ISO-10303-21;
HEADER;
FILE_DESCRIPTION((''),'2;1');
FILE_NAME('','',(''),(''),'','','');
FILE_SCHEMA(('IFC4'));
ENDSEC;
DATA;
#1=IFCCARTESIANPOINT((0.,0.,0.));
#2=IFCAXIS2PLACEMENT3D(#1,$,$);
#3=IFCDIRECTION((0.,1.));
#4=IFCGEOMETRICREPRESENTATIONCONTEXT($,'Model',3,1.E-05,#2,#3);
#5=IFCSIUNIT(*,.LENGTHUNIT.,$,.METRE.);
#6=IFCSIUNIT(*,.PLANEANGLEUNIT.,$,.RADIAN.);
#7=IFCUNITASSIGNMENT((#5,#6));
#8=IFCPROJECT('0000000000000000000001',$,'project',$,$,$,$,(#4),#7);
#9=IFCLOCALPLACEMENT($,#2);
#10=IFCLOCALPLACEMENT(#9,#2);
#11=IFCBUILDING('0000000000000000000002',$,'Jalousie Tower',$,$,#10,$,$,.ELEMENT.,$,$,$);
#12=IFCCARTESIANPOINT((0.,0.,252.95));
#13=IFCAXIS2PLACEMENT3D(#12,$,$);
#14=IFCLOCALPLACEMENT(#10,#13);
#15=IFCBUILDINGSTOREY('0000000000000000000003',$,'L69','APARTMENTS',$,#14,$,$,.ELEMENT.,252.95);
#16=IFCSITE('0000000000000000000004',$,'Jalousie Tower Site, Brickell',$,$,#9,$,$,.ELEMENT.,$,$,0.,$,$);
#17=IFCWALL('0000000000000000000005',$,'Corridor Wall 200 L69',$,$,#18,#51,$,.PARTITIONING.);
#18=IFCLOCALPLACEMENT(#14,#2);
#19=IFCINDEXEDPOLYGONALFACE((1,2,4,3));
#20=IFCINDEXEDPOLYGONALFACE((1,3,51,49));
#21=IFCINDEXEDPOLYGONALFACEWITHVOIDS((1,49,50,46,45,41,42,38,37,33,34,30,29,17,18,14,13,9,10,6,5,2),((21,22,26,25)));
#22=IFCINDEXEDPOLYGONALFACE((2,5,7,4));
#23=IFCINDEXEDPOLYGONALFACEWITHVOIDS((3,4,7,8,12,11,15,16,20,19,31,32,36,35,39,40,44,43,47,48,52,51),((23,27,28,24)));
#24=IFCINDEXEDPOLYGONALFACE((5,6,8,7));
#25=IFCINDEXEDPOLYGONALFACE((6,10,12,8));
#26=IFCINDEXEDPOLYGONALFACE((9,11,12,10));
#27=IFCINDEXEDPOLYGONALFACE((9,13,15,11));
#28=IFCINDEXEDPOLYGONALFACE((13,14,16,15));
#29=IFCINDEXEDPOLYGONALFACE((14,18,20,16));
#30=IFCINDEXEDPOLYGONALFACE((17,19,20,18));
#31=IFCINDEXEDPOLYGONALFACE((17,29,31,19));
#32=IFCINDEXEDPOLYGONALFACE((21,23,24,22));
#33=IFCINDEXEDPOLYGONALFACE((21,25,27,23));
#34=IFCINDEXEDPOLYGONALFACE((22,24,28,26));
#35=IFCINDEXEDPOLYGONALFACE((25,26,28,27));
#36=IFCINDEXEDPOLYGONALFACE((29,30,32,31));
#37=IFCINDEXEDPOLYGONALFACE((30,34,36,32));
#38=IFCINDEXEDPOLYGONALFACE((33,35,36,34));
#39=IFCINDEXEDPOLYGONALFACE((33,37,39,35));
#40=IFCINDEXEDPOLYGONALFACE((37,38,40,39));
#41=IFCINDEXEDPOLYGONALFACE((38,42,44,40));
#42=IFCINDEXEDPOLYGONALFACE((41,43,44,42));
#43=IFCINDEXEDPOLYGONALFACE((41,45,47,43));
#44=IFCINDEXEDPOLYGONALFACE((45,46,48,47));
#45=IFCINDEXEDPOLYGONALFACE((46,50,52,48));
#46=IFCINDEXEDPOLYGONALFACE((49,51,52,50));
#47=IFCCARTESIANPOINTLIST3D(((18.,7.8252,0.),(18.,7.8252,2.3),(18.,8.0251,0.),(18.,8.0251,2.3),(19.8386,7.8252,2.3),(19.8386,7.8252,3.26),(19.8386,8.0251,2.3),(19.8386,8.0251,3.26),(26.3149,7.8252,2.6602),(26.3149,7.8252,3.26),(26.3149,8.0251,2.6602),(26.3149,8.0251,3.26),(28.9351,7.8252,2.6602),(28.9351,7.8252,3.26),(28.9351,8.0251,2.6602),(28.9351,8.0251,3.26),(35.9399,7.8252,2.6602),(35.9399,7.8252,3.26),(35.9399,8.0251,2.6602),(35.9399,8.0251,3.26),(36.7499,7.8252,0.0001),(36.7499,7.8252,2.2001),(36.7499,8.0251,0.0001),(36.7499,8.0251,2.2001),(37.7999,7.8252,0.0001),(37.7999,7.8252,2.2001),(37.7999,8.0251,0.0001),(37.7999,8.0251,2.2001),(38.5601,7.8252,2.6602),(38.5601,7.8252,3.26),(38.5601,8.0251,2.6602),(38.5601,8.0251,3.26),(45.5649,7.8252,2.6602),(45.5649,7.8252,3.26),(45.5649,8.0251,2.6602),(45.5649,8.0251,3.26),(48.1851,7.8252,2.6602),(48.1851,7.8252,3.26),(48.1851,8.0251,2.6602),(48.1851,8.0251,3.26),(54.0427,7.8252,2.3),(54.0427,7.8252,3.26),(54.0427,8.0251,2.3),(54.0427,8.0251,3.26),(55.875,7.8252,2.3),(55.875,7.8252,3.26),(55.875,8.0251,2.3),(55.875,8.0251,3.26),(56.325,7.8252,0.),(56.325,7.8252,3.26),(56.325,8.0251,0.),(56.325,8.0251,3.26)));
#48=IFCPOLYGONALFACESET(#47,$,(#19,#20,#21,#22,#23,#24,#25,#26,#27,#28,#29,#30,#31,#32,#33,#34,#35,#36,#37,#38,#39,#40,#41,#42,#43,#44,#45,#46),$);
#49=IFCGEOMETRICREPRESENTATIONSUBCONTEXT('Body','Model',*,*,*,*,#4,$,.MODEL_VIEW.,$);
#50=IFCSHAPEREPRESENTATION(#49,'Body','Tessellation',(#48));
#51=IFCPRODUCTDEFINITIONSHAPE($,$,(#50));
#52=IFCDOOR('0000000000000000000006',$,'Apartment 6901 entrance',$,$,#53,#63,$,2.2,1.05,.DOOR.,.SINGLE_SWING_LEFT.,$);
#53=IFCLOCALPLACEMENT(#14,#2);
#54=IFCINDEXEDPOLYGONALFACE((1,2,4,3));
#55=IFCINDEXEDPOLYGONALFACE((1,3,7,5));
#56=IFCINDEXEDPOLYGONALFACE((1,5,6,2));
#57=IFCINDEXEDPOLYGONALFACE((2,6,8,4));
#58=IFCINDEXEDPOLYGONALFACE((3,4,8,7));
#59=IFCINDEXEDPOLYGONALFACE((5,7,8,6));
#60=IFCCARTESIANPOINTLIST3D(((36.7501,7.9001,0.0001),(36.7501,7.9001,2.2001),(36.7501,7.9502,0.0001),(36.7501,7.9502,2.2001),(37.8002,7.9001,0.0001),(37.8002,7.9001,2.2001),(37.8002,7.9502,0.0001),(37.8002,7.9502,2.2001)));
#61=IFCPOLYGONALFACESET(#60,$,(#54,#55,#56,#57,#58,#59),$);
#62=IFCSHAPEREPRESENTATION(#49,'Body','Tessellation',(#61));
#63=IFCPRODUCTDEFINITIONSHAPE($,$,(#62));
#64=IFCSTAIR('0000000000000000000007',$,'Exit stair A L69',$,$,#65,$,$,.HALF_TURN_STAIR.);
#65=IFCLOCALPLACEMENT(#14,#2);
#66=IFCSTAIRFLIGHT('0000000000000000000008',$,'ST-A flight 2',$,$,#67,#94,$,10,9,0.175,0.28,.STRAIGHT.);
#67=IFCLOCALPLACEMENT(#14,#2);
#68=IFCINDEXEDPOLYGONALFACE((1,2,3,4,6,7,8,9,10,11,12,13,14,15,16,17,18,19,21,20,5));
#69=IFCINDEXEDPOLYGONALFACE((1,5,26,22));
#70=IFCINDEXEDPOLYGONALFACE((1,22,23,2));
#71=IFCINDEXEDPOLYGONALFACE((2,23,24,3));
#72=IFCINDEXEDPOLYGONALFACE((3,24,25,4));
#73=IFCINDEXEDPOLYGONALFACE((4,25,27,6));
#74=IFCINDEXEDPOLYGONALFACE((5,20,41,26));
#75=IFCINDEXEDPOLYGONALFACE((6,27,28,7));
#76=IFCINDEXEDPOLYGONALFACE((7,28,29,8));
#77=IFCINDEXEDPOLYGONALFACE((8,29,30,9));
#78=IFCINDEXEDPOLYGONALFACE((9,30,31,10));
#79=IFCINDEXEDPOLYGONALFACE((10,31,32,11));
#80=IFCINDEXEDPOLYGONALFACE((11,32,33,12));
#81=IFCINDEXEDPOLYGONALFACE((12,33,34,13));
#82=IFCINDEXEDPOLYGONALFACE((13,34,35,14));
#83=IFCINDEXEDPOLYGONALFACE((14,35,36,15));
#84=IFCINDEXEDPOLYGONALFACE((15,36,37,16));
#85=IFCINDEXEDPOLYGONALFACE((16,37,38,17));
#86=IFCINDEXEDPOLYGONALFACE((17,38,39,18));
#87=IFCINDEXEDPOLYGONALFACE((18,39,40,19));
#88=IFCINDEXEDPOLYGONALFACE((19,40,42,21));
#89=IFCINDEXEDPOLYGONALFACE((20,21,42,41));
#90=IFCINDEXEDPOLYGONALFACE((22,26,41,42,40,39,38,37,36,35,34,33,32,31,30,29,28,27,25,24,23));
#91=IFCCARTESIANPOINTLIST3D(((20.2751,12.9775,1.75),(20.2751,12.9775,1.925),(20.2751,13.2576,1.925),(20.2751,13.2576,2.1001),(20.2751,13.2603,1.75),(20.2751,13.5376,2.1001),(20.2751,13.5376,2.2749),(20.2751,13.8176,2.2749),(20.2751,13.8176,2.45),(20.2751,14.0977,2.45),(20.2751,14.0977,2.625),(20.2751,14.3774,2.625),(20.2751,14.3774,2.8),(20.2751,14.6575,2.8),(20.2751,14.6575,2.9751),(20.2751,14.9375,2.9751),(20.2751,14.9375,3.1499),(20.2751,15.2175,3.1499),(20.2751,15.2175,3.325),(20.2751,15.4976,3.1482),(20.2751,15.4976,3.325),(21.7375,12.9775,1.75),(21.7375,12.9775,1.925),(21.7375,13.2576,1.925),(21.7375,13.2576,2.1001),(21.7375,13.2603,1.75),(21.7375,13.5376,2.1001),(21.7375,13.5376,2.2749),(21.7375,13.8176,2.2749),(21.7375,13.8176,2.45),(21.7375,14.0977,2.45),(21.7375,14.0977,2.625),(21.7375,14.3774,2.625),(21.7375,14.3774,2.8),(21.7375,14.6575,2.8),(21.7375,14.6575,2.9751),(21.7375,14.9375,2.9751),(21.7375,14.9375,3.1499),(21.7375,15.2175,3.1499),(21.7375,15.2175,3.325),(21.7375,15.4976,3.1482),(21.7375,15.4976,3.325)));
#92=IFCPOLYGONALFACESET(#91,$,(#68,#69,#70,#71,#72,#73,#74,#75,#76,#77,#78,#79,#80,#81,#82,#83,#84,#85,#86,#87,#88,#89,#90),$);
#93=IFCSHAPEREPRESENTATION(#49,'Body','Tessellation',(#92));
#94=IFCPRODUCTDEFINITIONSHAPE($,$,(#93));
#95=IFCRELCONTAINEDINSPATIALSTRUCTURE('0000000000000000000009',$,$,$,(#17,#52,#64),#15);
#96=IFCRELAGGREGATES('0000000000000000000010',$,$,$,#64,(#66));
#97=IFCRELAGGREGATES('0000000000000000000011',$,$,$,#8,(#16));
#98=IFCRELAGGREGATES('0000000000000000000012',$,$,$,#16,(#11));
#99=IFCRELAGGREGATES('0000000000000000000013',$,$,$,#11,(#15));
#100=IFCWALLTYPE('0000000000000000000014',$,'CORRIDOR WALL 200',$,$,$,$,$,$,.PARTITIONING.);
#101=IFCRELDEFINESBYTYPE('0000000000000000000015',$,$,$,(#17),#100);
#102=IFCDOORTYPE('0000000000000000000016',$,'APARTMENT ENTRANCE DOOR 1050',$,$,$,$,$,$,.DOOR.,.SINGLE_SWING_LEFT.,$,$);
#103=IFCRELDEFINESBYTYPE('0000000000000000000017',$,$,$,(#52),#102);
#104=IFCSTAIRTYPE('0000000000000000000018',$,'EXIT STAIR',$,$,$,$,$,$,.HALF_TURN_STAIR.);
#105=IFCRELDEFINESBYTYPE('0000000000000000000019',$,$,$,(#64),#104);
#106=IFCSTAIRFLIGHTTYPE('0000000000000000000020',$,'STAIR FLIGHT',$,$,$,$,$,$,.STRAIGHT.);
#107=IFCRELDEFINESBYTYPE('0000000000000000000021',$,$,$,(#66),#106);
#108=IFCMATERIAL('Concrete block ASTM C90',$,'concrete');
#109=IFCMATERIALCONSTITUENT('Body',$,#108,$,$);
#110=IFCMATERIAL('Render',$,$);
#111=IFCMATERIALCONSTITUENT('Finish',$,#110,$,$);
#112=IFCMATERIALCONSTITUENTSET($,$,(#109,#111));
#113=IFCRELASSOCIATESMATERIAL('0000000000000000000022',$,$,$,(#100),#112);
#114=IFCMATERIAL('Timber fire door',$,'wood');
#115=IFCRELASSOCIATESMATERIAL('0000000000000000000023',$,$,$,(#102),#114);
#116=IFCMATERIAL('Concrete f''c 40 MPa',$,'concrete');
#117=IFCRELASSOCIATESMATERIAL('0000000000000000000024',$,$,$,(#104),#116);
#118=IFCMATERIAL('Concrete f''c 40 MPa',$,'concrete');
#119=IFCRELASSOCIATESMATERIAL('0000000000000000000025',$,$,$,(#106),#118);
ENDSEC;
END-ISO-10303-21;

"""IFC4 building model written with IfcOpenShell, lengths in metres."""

from ifc_helpers import new_model, si_unit, direction, frame, frame_2d, origin, place, context, subcontext, project, spatial, polyline, rectangle, outline, extrude, material, constituent, constituent_set, type_object, element, fill, aggregate, save


model = new_model("IFC4")

# Units and contexts
model_context = context("Model", 3, precision=1e-05, world=origin(), true_north=direction((0.0, 1.0)))
body_context = subcontext(model_context, "Body", "Model", "MODEL_VIEW")
ifc_project = project(units=[si_unit("LENGTHUNIT", "METRE"), si_unit("PLANEANGLEUNIT", "RADIAN")], contexts=[model_context])

# Site, building, storey
site_placement = place(None, origin())
site = spatial("IfcSite", under=ifc_project, at=site_placement, Name="Jalousie Tower Site, Brickell", CompositionType="ELEMENT", RefElevation=0.0)
building_placement = place(site_placement, origin())
building = spatial("IfcBuilding", under=site, at=building_placement, Name="Jalousie Tower", CompositionType="ELEMENT")
storey_placement = place(building_placement, frame((0.0, 0.0, 252.95)))
storey = spatial("IfcBuildingStorey", under=building, at=storey_placement, Name="L69", Description="APARTMENTS", CompositionType="ELEMENT", Elevation=252.95)

# Wall, opening, door
ifc_material_1 = material(Name="Concrete block ASTM C90", Category="concrete")
ifc_constituent_1 = constituent(ifc_material_1, Name="Body")
ifc_material_2 = material(Name="Render")
ifc_constituent_2 = constituent(ifc_material_2, Name="Finish")
ifc_constituent_set_1 = constituent_set(constituents=[ifc_constituent_1, ifc_constituent_2])
wall_type_1 = type_object("IfcWallType", Name="CORRIDOR WALL 200", PredefinedType="PARTITIONING", material=ifc_constituent_set_1)
wall_1_placement = place(storey_placement, frame((18.0, 7.925, 0.0), z_axis=(0.0, 0.0, 1.0), x_axis=(1.0, 0.0, 0.0)))
wall_1 = element("IfcWall", 1, at=wall_1_placement, inside=storey, type_object=wall_type_1, Name="Corridor Wall 200 L69", PredefinedType="PARTITIONING", context=body_context, shape_type="SweptSolid", body=[
    extrude(outline(polyline([(0.0, 0.0), (38.325, 0.0), (38.325, 3.26), (37.875, 3.26), (37.875, 2.3), (36.0427, 2.3), (36.0427, 3.26), (30.1851, 3.26), (30.1851, 2.6602), (27.5649, 2.6602), (27.5649, 3.26), (20.5601, 3.26), (20.5601, 2.6602), (17.9399, 2.6602), (17.9399, 3.26), (10.9351, 3.26), (10.9351, 2.6602), (8.3149, 2.6602), (8.3149, 3.26), (1.8386, 3.26), (1.8386, 2.3), (0.0, 2.3), (0.0, 3.26), (0.0, 0.0)])), frame((0.0, 0.1001, 0.0), z_axis=(0.0, -1.0, 0.0), x_axis=(1.0, 0.0, 0.0)), (0.0, 0.0, 1.0), 0.2),
])
opening_1_placement = place(wall_1_placement, frame((18.75, 0.0, 0.0)))
opening_1 = element("IfcOpeningElement", 2, at=opening_1_placement, cuts=wall_1, PredefinedType="OPENING", context=body_context, shape_type="SweptSolid", body=[
    extrude(rectangle(XDim=1.05, YDim=2.2, at=frame_2d((0.5249, 1.1001))), frame((0.0, 0.1099, 0.0), z_axis=(0.0, -1.0, 0.0), x_axis=(1.0, 0.0, 0.0)), (0.0, 0.0, 1.0), 0.22),
])
ifc_material_3 = material(Name="Timber fire door", Category="wood")
door_type_1 = type_object("IfcDoorType", Name="APARTMENT ENTRANCE DOOR 1050", OperationType="SINGLE_SWING_LEFT", PredefinedType="DOOR", material=ifc_material_3)
door_1_placement = place(opening_1_placement, frame((1.05, 0.0, 0.0), z_axis=(0.0, 0.0, 1.0), x_axis=(-1.0, 0.0, 0.0)))
door_1 = element("IfcDoor", 3, at=door_1_placement, inside=storey, type_object=door_type_1, Name="Apartment 6901 entrance", OperationType="SINGLE_SWING_LEFT", OverallHeight=2.2, OverallWidth=1.05, PredefinedType="DOOR", context=body_context, shape_type="SweptSolid", body=[
    extrude(rectangle(XDim=1.05, YDim=2.2, at=frame_2d((0.5249, 1.1001))), frame((0.0, 0.0249, 0.0), z_axis=(0.0, -1.0, 0.0), x_axis=(1.0, 0.0, 0.0)), (0.0, 0.0, 1.0), 0.05),
])
fill(opening_1, door_1)

# Stair, stair flight
ifc_material_4 = material(Name="Concrete f'c 40 MPa", Category="concrete")
stair_type = type_object("IfcStairType", Name="EXIT STAIR", PredefinedType="HALF_TURN_STAIR", material=ifc_material_4)
stair_placement = place(storey_placement, origin())
stair = element("IfcStair", 4, at=stair_placement, inside=storey, type_object=stair_type, Name="Exit stair A L69", PredefinedType="HALF_TURN_STAIR")
ifc_material_5 = material(Name="Concrete f'c 40 MPa", Category="concrete")
stair_flight_type = type_object("IfcStairFlightType", Name="STAIR FLIGHT", PredefinedType="STRAIGHT", material=ifc_material_5)
stair_flight_placement = place(storey_placement, frame((21.0063, 12.9775, 1.75), z_axis=(0.0, 0.0, 1.0), x_axis=(0.0, 1.0, 0.0)))
stair_flight = element("IfcStairFlight", 5, at=stair_flight_placement, type_object=stair_flight_type, Name="ST-A flight 2", NumberOfRisers=10, NumberOfTreads=9, PredefinedType="STRAIGHT", RiserHeight=0.175, TreadLength=0.28, context=body_context, shape_type="SweptSolid", body=[
    extrude(outline(polyline([(0.0, 0.0), (0.0, 0.175), (0.28, 0.175), (0.28, 0.3501), (0.5601, 0.3501), (0.5601, 0.5249), (0.8401, 0.5249), (0.8401, 0.7), (1.1201, 0.7), (1.1201, 0.875), (1.3999, 0.875), (1.3999, 1.05), (1.6799, 1.05), (1.6799, 1.2251), (1.96, 1.2251), (1.96, 1.3999), (2.24, 1.3999), (2.24, 1.575), (2.52, 1.575), (2.52, 1.75), (2.52, 1.3982), (0.2827, 0.0), (0.0, 0.0)])), frame((0.0, 0.7312, 0.0), z_axis=(0.0, -1.0, 0.0), x_axis=(1.0, 0.0, 0.0)), (0.0, 0.0, 1.0), 1.4624),
])
aggregate(stair, [stair_flight])

save(model, "model.ifc")
